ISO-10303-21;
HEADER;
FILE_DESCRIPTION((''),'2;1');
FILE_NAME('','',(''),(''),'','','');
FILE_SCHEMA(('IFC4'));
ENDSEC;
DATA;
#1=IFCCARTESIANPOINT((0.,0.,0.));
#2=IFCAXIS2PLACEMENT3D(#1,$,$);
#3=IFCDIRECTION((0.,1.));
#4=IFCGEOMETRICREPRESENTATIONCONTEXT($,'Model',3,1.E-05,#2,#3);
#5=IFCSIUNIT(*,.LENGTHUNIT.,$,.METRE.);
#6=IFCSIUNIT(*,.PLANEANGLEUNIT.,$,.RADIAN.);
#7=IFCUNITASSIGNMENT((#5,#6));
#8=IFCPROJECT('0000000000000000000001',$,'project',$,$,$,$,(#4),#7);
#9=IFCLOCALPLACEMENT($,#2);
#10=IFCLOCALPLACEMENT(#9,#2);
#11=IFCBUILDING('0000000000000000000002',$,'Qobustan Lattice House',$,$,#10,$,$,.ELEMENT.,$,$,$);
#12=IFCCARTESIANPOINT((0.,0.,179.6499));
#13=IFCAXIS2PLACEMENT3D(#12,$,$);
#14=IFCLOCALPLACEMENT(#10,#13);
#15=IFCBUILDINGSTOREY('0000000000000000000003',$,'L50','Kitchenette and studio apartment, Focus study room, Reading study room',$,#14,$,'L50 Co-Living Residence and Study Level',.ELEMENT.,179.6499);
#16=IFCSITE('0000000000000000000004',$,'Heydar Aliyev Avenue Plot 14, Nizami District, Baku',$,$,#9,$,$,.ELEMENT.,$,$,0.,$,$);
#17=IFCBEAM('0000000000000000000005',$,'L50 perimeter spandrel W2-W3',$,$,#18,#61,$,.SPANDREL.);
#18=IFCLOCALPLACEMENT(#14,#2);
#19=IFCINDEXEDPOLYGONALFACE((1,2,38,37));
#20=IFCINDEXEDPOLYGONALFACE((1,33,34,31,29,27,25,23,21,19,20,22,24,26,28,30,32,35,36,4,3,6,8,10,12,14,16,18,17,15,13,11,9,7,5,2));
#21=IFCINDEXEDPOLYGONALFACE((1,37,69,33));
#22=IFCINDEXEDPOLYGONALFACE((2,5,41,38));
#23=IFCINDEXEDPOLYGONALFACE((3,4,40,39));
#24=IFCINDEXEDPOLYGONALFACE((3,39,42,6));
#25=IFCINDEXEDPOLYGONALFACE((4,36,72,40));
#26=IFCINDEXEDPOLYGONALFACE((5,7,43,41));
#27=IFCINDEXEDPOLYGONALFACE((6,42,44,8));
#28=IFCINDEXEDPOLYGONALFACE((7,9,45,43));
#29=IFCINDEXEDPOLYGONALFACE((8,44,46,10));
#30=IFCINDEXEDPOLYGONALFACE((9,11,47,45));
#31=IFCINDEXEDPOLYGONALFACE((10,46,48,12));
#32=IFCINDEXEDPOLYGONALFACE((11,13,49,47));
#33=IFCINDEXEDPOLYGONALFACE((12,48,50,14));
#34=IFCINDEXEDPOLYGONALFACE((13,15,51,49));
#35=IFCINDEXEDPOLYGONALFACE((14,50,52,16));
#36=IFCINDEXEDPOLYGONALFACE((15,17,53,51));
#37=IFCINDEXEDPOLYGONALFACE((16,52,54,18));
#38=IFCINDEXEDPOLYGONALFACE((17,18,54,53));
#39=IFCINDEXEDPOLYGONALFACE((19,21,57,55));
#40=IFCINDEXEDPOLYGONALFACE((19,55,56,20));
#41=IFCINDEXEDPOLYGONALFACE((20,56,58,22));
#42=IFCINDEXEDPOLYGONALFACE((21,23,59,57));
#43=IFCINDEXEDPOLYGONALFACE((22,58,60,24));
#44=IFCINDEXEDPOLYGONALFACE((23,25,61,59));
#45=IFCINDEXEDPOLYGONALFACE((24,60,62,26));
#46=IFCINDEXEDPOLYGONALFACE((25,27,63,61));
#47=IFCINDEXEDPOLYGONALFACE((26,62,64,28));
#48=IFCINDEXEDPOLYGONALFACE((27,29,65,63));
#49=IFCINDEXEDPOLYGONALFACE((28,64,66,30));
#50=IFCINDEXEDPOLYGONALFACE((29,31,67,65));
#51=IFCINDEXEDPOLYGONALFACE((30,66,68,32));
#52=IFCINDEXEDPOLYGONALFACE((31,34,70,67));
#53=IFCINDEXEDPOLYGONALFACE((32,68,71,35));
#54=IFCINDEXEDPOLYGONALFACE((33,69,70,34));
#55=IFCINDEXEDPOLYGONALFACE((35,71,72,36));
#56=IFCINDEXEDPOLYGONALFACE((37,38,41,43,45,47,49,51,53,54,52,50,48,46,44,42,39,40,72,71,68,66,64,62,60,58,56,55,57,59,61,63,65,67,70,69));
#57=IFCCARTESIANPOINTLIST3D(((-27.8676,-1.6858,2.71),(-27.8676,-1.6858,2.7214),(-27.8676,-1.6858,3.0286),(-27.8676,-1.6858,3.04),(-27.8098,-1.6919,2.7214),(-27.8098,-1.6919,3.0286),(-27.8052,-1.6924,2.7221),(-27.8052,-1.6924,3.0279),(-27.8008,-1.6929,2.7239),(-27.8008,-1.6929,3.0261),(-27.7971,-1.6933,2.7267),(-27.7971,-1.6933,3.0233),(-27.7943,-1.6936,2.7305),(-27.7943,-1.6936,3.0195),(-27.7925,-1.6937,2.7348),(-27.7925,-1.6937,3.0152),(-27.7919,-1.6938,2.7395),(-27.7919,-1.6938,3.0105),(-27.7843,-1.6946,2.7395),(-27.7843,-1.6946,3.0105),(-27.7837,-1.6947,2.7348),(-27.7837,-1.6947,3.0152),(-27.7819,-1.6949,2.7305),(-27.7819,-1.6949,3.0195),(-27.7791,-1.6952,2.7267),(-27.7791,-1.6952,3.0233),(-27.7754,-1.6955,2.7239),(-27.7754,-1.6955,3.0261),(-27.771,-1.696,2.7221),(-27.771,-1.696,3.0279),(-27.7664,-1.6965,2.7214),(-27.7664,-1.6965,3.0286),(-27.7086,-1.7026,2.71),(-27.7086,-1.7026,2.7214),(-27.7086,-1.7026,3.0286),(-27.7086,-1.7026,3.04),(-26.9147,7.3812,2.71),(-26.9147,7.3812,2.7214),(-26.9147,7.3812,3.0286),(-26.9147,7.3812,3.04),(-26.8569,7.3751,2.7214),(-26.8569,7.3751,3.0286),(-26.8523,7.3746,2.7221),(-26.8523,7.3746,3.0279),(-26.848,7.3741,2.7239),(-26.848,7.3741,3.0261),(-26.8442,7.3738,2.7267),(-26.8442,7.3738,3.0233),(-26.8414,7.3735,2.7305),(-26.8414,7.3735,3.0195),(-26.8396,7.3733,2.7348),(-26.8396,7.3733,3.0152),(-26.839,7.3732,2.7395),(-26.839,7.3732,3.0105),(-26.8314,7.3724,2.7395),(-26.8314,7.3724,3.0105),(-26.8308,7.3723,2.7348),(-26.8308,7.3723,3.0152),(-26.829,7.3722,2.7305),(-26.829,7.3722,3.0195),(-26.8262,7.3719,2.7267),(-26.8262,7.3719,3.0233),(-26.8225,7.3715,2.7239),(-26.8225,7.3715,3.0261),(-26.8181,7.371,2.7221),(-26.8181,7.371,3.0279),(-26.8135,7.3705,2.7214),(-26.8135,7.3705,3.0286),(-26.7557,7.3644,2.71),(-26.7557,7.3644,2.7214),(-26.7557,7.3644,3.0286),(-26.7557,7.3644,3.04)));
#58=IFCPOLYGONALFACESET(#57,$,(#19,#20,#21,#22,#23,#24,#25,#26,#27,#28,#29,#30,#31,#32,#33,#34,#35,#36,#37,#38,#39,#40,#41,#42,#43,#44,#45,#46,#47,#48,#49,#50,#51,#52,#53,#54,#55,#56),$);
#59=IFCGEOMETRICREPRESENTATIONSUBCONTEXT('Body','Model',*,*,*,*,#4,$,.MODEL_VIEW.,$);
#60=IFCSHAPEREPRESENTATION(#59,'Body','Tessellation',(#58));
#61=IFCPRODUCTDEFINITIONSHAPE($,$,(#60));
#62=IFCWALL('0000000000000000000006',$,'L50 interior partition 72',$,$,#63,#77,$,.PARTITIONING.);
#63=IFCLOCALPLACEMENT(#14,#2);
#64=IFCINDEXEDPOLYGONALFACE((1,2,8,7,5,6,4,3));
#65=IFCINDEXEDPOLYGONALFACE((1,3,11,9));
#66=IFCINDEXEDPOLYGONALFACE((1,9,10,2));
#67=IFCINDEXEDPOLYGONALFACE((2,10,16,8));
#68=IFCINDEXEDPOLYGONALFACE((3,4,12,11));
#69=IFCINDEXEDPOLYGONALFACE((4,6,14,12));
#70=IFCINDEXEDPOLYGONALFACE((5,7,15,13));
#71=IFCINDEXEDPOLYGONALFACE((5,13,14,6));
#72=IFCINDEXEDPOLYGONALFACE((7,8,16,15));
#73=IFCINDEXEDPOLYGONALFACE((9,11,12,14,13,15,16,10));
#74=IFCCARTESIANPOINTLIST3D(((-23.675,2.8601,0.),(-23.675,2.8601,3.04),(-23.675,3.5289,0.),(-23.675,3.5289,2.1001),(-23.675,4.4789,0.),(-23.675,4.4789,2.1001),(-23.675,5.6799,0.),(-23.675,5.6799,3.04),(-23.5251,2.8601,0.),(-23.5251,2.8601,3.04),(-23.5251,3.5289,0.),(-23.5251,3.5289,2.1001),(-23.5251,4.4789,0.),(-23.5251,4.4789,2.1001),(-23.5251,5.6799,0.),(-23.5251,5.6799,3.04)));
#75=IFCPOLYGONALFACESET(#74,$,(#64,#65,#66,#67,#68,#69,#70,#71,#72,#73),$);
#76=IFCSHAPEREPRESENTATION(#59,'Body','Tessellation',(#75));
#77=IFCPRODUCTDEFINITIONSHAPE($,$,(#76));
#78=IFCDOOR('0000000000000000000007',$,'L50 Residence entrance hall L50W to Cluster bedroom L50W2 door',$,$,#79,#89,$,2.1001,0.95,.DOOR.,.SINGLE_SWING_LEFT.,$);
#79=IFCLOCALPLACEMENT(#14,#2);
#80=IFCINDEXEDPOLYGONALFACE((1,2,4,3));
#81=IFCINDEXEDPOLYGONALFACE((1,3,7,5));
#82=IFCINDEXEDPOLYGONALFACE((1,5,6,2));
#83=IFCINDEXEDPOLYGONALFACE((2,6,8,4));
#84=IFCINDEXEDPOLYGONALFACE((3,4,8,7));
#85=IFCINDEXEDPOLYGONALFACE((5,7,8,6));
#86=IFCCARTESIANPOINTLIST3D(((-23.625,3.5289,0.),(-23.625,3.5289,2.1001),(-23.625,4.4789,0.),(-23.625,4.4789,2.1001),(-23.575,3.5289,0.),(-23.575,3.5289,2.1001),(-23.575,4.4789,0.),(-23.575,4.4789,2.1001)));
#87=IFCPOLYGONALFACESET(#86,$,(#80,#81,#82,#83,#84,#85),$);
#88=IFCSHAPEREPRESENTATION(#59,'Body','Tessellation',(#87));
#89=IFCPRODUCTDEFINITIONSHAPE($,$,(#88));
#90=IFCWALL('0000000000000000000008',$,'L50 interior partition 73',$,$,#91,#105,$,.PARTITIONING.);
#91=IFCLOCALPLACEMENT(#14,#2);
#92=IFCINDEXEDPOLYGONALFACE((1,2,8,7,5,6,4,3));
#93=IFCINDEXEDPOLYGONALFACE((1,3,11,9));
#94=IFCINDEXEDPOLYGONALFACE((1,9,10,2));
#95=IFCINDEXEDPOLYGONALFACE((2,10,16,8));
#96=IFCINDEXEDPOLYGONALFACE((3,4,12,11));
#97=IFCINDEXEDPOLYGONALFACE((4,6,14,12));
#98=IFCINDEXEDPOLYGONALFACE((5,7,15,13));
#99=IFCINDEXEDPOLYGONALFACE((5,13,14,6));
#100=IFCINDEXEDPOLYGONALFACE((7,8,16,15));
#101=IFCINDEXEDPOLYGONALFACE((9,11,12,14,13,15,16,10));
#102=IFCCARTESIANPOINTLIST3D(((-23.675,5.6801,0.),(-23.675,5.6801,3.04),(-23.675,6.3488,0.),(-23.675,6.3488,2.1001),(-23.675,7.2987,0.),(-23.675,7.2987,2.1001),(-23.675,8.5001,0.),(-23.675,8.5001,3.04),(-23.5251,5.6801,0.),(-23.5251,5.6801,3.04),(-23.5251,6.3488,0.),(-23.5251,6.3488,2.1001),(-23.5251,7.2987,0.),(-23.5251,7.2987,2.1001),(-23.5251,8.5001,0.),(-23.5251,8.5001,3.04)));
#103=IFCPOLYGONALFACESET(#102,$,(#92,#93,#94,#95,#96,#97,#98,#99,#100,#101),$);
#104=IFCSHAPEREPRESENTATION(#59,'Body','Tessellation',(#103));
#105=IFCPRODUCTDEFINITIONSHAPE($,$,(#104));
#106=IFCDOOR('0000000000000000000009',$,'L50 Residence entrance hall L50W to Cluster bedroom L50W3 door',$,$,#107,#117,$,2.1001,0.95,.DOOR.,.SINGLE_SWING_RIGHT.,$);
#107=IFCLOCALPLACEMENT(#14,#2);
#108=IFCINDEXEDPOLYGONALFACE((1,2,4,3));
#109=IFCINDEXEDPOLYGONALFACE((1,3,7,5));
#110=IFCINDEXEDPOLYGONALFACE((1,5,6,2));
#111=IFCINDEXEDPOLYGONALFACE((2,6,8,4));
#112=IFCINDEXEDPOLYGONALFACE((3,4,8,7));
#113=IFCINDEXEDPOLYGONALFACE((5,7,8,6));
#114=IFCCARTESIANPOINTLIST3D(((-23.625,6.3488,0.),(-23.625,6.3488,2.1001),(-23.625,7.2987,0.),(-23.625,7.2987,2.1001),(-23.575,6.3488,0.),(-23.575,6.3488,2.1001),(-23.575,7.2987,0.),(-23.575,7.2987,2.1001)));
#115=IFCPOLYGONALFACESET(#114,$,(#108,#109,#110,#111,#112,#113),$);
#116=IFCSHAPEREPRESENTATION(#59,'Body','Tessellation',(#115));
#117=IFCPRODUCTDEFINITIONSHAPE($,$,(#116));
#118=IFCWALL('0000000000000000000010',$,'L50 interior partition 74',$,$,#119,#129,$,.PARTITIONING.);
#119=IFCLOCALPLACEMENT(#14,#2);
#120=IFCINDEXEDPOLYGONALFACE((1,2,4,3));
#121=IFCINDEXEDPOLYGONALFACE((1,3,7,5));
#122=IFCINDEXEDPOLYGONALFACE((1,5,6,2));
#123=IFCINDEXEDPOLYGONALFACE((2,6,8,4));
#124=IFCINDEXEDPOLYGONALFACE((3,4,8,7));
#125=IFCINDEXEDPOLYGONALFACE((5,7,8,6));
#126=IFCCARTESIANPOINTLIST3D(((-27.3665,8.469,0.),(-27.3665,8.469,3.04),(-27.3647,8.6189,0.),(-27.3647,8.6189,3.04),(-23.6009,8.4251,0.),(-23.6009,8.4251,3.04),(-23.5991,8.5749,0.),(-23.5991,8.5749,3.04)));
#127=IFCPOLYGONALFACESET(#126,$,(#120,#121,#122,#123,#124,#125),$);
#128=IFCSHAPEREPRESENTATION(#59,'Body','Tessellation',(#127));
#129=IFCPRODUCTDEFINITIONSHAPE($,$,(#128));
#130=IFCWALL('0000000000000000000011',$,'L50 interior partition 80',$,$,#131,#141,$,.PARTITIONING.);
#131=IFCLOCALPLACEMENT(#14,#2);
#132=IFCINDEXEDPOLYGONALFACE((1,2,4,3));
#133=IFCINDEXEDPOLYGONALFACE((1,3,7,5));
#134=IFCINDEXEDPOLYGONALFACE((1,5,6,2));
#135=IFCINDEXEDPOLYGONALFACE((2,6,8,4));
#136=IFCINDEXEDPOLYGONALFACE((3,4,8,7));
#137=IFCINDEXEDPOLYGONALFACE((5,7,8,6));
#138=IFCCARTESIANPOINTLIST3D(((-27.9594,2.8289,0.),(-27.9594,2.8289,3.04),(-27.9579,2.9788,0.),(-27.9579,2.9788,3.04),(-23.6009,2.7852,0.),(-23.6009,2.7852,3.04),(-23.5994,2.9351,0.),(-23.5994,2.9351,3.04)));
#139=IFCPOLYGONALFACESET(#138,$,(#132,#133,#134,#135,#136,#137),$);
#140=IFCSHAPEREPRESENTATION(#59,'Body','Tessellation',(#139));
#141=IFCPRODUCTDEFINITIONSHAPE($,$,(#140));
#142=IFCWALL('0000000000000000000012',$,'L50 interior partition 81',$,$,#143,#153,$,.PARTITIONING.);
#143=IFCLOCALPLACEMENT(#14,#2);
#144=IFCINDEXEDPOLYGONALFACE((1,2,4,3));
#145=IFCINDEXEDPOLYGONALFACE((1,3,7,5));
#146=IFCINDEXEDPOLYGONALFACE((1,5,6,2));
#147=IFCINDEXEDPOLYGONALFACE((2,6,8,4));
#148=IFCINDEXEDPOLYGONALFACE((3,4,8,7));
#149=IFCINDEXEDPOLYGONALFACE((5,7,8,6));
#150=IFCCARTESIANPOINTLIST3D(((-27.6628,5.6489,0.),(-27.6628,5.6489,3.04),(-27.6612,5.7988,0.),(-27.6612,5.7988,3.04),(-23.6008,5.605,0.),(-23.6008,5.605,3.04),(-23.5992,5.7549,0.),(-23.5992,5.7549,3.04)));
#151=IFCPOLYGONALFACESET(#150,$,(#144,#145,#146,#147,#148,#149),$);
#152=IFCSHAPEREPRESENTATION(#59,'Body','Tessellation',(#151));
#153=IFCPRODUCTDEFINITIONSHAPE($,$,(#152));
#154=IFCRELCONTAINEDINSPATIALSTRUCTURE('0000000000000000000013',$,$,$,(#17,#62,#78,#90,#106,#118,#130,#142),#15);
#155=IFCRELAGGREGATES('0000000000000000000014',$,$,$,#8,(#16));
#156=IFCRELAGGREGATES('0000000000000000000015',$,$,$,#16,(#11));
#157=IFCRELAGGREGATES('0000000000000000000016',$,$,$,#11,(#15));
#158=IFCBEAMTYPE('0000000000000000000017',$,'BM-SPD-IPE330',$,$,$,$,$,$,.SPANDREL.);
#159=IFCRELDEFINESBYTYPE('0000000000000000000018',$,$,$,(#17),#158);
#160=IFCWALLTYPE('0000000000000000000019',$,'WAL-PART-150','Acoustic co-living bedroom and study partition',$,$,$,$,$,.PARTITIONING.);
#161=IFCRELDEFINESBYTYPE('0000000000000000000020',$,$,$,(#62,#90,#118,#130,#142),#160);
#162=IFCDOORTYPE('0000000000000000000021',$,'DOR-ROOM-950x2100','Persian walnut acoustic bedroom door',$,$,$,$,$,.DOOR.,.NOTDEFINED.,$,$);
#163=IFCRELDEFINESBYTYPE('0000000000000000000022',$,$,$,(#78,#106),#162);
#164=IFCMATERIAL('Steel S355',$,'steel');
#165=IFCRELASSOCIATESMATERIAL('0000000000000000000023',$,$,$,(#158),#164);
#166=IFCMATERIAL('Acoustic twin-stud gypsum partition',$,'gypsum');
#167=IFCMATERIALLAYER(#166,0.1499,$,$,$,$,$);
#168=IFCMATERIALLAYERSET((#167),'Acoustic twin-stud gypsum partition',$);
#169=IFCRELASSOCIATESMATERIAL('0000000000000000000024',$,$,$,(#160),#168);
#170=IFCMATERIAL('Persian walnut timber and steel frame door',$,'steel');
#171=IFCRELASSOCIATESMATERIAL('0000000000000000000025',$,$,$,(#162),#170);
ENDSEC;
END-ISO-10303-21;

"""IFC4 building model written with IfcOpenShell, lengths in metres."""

from ifc_helpers import new_model, si_unit, direction, frame, frame_2d, origin, origin_2d, place, context, subcontext, project, spatial, rectangle, i_section, extrude, material, layer, layer_set, material_profile, profile_set, type_object, element, fill, save


model = new_model("IFC4")

# Units and contexts
model_context = context("Model", 3, precision=1e-05, world=origin(), true_north=direction((0.0, 1.0)))
body_context = subcontext(model_context, "Body", "Model", "MODEL_VIEW")
ifc_project = project(units=[si_unit("LENGTHUNIT", "METRE"), si_unit("PLANEANGLEUNIT", "RADIAN")], contexts=[model_context])

# Site, building, storey
site_placement = place(None, origin())
site = spatial("IfcSite", under=ifc_project, at=site_placement, Name="Heydar Aliyev Avenue Plot 14, Nizami District, Baku", CompositionType="ELEMENT", RefElevation=0.0)
building_placement = place(site_placement, origin())
building = spatial("IfcBuilding", under=site, at=building_placement, Name="Qobustan Lattice House", CompositionType="ELEMENT")
storey_placement = place(building_placement, frame((0.0, 0.0, 179.6499)))
storey = spatial("IfcBuildingStorey", under=building, at=storey_placement, Name="L50", Description="Kitchenette and studio apartment, Focus study room, Reading study room", LongName="L50 Co-Living Residence and Study Level", CompositionType="ELEMENT", Elevation=179.6499)

# Beam
ifc_material_1 = material(Name="Steel S355", Category="steel")
ifc_material_profile_1 = material_profile(ifc_material_1, i_section(OverallWidth=0.1599, OverallDepth=0.3301, WebThickness=0.0076, FlangeThickness=0.0115, FilletRadius=0.0181, at=origin_2d()), Name="IPE330")
ifc_profile_set_1 = profile_set([ifc_material_profile_1], Name="Steel S355")
beam_type_1 = type_object("IfcBeamType", Name="BM-SPD-IPE330", PredefinedType="SPANDREL", material=ifc_profile_set_1)
beam_1_placement = place(storey_placement, frame((-26.8352, 7.3728, 2.875), z_axis=(-0.104519, -0.994523, 0.0), x_axis=(0.994523, -0.104519, 0.0)))
element("IfcBeam", 1, at=beam_1_placement, inside=storey, type_object=beam_type_1, Name="L50 perimeter spandrel W2-W3", PredefinedType="SPANDREL", context=body_context, shape_type="SweptSolid", body=[
    extrude(i_section(OverallWidth=0.1599, OverallDepth=0.3301, WebThickness=0.0076, FlangeThickness=0.0115, FilletRadius=0.0181, at=origin_2d()), origin(), (0.0, 0.0, 1.0), 9.1169),
])

# Walls, openings, doors
ifc_material_2 = material(Name="Acoustic twin-stud gypsum partition", Category="gypsum")
ifc_layer_1 = layer(ifc_material_2, 0.1499)
ifc_layer_set_1 = layer_set([ifc_layer_1], Name="Acoustic twin-stud gypsum partition")
wall_type_1 = type_object("IfcWallType", Name="WAL-PART-150", Description="Acoustic co-living bedroom and study partition", PredefinedType="PARTITIONING", material=ifc_layer_set_1)
wall_1_placement = place(storey_placement, frame((-23.6001, 2.8601, 0.0), z_axis=(0.0, 0.0, 1.0), x_axis=(0.0, 1.0, 0.0)))
wall_1 = element("IfcWall", 2, at=wall_1_placement, inside=storey, type_object=wall_type_1, Name="L50 interior partition 72", PredefinedType="PARTITIONING", context=body_context, shape_type="SweptSolid", body=[
    extrude(rectangle(XDim=2.8198, YDim=0.1499, at=frame_2d((1.4099, 0.0))), origin(), (0.0, 0.0, 1.0), 3.04),
])
opening_1_placement = place(wall_1_placement, frame((0.6687, 0.0, 0.0)))
opening_1 = element("IfcOpeningElement", 3, at=opening_1_placement, cuts=wall_1, PredefinedType="OPENING", context=body_context, shape_type="SweptSolid", body=[
    extrude(rectangle(XDim=0.95, YDim=2.1001, at=frame_2d((0.4751, 1.05))), frame((0.0, 0.085, 0.0), z_axis=(0.0, -1.0, 0.0), x_axis=(1.0, 0.0, 0.0)), (0.0, 0.0, 1.0), 0.1699),
])
ifc_material_3 = material(Name="Persian walnut timber and steel frame door", Category="steel")
door_type_1 = type_object("IfcDoorType", Name="DOR-ROOM-950x2100", Description="Persian walnut acoustic bedroom door", OperationType="NOTDEFINED", PredefinedType="DOOR", material=ifc_material_3)
door_1_placement = place(opening_1_placement, origin())
door_1 = element("IfcDoor", 4, at=door_1_placement, inside=storey, type_object=door_type_1, Name="L50 Residence entrance hall L50W to Cluster bedroom L50W2 door", OperationType="SINGLE_SWING_LEFT", OverallHeight=2.1001, OverallWidth=0.95, PredefinedType="DOOR", context=body_context, shape_type="SweptSolid", body=[
    extrude(rectangle(XDim=0.95, YDim=2.1001, at=frame_2d((0.4751, 1.05))), frame((0.0, 0.0249, 0.0), z_axis=(0.0, -1.0, 0.0), x_axis=(1.0, 0.0, 0.0)), (0.0, 0.0, 1.0), 0.05),
])
fill(opening_1, door_1)
wall_2_placement = place(storey_placement, frame((-23.6001, 5.6799, 0.0), z_axis=(0.0, 0.0, 1.0), x_axis=(0.0, 1.0, 0.0)))
wall_2 = element("IfcWall", 5, at=wall_2_placement, inside=storey, type_object=wall_type_1, Name="L50 interior partition 73", PredefinedType="PARTITIONING", context=body_context, shape_type="SweptSolid", body=[
    extrude(rectangle(XDim=2.8201, YDim=0.1499, at=frame_2d((1.4102, 0.0))), origin(), (0.0, 0.0, 1.0), 3.04),
])
opening_2_placement = place(wall_2_placement, frame((0.6687, 0.0, 0.0)))
opening_2 = element("IfcOpeningElement", 6, at=opening_2_placement, cuts=wall_2, PredefinedType="OPENING", context=body_context, shape_type="SweptSolid", body=[
    extrude(rectangle(XDim=0.95, YDim=2.1001, at=frame_2d((0.4751, 1.05))), frame((0.0, 0.085, 0.0), z_axis=(0.0, -1.0, 0.0), x_axis=(1.0, 0.0, 0.0)), (0.0, 0.0, 1.0), 0.1699),
])
door_2_placement = place(opening_2_placement, origin())
door_2 = element("IfcDoor", 7, at=door_2_placement, inside=storey, type_object=door_type_1, Name="L50 Residence entrance hall L50W to Cluster bedroom L50W3 door", OperationType="SINGLE_SWING_RIGHT", OverallHeight=2.1001, OverallWidth=0.95, PredefinedType="DOOR", context=body_context, shape_type="SweptSolid", body=[
    extrude(rectangle(XDim=0.95, YDim=2.1001, at=frame_2d((0.4751, 1.05))), frame((0.0, 0.0249, 0.0), z_axis=(0.0, -1.0, 0.0), x_axis=(1.0, 0.0, 0.0)), (0.0, 0.0, 1.0), 0.05),
])
fill(opening_2, door_2)

# Walls
wall_3_placement = place(storey_placement, frame((-23.6001, 8.5, 0.0), z_axis=(0.0, 0.0, 1.0), x_axis=(-0.999932, 0.011669, 0.0)))
element("IfcWall", 8, at=wall_3_placement, inside=storey, type_object=wall_type_1, Name="L50 interior partition 74", PredefinedType="PARTITIONING", context=body_context, shape_type="SweptSolid", body=[
    extrude(rectangle(XDim=3.7659, YDim=0.1499, at=frame_2d((1.8828, 0.0))), origin(), (0.0, 0.0, 1.0), 3.04),
])
wall_4_placement = place(storey_placement, frame((-27.9585, 2.9038, 0.0), z_axis=(0.0, 0.0, 1.0), x_axis=(0.99995, -0.010026, 0.0)))
element("IfcWall", 9, at=wall_4_placement, inside=storey, type_object=wall_type_1, Name="L50 interior partition 80", PredefinedType="PARTITIONING", context=body_context, shape_type="SweptSolid", body=[
    extrude(rectangle(XDim=4.3586, YDim=0.1499, at=frame_2d((2.1792, 0.0))), origin(), (0.0, 0.0, 1.0), 3.04),
])
wall_5_placement = place(storey_placement, frame((-27.6621, 5.7239, 0.0), z_axis=(0.0, 0.0, 1.0), x_axis=(0.999941, -0.010818, 0.0)))
element("IfcWall", 10, at=wall_5_placement, inside=storey, type_object=wall_type_1, Name="L50 interior partition 81", PredefinedType="PARTITIONING", context=body_context, shape_type="SweptSolid", body=[
    extrude(rectangle(XDim=4.0623, YDim=0.1499, at=frame_2d((2.0312, 0.0))), origin(), (0.0, 0.0, 1.0), 3.04),
])

save(model, "model.ifc")
